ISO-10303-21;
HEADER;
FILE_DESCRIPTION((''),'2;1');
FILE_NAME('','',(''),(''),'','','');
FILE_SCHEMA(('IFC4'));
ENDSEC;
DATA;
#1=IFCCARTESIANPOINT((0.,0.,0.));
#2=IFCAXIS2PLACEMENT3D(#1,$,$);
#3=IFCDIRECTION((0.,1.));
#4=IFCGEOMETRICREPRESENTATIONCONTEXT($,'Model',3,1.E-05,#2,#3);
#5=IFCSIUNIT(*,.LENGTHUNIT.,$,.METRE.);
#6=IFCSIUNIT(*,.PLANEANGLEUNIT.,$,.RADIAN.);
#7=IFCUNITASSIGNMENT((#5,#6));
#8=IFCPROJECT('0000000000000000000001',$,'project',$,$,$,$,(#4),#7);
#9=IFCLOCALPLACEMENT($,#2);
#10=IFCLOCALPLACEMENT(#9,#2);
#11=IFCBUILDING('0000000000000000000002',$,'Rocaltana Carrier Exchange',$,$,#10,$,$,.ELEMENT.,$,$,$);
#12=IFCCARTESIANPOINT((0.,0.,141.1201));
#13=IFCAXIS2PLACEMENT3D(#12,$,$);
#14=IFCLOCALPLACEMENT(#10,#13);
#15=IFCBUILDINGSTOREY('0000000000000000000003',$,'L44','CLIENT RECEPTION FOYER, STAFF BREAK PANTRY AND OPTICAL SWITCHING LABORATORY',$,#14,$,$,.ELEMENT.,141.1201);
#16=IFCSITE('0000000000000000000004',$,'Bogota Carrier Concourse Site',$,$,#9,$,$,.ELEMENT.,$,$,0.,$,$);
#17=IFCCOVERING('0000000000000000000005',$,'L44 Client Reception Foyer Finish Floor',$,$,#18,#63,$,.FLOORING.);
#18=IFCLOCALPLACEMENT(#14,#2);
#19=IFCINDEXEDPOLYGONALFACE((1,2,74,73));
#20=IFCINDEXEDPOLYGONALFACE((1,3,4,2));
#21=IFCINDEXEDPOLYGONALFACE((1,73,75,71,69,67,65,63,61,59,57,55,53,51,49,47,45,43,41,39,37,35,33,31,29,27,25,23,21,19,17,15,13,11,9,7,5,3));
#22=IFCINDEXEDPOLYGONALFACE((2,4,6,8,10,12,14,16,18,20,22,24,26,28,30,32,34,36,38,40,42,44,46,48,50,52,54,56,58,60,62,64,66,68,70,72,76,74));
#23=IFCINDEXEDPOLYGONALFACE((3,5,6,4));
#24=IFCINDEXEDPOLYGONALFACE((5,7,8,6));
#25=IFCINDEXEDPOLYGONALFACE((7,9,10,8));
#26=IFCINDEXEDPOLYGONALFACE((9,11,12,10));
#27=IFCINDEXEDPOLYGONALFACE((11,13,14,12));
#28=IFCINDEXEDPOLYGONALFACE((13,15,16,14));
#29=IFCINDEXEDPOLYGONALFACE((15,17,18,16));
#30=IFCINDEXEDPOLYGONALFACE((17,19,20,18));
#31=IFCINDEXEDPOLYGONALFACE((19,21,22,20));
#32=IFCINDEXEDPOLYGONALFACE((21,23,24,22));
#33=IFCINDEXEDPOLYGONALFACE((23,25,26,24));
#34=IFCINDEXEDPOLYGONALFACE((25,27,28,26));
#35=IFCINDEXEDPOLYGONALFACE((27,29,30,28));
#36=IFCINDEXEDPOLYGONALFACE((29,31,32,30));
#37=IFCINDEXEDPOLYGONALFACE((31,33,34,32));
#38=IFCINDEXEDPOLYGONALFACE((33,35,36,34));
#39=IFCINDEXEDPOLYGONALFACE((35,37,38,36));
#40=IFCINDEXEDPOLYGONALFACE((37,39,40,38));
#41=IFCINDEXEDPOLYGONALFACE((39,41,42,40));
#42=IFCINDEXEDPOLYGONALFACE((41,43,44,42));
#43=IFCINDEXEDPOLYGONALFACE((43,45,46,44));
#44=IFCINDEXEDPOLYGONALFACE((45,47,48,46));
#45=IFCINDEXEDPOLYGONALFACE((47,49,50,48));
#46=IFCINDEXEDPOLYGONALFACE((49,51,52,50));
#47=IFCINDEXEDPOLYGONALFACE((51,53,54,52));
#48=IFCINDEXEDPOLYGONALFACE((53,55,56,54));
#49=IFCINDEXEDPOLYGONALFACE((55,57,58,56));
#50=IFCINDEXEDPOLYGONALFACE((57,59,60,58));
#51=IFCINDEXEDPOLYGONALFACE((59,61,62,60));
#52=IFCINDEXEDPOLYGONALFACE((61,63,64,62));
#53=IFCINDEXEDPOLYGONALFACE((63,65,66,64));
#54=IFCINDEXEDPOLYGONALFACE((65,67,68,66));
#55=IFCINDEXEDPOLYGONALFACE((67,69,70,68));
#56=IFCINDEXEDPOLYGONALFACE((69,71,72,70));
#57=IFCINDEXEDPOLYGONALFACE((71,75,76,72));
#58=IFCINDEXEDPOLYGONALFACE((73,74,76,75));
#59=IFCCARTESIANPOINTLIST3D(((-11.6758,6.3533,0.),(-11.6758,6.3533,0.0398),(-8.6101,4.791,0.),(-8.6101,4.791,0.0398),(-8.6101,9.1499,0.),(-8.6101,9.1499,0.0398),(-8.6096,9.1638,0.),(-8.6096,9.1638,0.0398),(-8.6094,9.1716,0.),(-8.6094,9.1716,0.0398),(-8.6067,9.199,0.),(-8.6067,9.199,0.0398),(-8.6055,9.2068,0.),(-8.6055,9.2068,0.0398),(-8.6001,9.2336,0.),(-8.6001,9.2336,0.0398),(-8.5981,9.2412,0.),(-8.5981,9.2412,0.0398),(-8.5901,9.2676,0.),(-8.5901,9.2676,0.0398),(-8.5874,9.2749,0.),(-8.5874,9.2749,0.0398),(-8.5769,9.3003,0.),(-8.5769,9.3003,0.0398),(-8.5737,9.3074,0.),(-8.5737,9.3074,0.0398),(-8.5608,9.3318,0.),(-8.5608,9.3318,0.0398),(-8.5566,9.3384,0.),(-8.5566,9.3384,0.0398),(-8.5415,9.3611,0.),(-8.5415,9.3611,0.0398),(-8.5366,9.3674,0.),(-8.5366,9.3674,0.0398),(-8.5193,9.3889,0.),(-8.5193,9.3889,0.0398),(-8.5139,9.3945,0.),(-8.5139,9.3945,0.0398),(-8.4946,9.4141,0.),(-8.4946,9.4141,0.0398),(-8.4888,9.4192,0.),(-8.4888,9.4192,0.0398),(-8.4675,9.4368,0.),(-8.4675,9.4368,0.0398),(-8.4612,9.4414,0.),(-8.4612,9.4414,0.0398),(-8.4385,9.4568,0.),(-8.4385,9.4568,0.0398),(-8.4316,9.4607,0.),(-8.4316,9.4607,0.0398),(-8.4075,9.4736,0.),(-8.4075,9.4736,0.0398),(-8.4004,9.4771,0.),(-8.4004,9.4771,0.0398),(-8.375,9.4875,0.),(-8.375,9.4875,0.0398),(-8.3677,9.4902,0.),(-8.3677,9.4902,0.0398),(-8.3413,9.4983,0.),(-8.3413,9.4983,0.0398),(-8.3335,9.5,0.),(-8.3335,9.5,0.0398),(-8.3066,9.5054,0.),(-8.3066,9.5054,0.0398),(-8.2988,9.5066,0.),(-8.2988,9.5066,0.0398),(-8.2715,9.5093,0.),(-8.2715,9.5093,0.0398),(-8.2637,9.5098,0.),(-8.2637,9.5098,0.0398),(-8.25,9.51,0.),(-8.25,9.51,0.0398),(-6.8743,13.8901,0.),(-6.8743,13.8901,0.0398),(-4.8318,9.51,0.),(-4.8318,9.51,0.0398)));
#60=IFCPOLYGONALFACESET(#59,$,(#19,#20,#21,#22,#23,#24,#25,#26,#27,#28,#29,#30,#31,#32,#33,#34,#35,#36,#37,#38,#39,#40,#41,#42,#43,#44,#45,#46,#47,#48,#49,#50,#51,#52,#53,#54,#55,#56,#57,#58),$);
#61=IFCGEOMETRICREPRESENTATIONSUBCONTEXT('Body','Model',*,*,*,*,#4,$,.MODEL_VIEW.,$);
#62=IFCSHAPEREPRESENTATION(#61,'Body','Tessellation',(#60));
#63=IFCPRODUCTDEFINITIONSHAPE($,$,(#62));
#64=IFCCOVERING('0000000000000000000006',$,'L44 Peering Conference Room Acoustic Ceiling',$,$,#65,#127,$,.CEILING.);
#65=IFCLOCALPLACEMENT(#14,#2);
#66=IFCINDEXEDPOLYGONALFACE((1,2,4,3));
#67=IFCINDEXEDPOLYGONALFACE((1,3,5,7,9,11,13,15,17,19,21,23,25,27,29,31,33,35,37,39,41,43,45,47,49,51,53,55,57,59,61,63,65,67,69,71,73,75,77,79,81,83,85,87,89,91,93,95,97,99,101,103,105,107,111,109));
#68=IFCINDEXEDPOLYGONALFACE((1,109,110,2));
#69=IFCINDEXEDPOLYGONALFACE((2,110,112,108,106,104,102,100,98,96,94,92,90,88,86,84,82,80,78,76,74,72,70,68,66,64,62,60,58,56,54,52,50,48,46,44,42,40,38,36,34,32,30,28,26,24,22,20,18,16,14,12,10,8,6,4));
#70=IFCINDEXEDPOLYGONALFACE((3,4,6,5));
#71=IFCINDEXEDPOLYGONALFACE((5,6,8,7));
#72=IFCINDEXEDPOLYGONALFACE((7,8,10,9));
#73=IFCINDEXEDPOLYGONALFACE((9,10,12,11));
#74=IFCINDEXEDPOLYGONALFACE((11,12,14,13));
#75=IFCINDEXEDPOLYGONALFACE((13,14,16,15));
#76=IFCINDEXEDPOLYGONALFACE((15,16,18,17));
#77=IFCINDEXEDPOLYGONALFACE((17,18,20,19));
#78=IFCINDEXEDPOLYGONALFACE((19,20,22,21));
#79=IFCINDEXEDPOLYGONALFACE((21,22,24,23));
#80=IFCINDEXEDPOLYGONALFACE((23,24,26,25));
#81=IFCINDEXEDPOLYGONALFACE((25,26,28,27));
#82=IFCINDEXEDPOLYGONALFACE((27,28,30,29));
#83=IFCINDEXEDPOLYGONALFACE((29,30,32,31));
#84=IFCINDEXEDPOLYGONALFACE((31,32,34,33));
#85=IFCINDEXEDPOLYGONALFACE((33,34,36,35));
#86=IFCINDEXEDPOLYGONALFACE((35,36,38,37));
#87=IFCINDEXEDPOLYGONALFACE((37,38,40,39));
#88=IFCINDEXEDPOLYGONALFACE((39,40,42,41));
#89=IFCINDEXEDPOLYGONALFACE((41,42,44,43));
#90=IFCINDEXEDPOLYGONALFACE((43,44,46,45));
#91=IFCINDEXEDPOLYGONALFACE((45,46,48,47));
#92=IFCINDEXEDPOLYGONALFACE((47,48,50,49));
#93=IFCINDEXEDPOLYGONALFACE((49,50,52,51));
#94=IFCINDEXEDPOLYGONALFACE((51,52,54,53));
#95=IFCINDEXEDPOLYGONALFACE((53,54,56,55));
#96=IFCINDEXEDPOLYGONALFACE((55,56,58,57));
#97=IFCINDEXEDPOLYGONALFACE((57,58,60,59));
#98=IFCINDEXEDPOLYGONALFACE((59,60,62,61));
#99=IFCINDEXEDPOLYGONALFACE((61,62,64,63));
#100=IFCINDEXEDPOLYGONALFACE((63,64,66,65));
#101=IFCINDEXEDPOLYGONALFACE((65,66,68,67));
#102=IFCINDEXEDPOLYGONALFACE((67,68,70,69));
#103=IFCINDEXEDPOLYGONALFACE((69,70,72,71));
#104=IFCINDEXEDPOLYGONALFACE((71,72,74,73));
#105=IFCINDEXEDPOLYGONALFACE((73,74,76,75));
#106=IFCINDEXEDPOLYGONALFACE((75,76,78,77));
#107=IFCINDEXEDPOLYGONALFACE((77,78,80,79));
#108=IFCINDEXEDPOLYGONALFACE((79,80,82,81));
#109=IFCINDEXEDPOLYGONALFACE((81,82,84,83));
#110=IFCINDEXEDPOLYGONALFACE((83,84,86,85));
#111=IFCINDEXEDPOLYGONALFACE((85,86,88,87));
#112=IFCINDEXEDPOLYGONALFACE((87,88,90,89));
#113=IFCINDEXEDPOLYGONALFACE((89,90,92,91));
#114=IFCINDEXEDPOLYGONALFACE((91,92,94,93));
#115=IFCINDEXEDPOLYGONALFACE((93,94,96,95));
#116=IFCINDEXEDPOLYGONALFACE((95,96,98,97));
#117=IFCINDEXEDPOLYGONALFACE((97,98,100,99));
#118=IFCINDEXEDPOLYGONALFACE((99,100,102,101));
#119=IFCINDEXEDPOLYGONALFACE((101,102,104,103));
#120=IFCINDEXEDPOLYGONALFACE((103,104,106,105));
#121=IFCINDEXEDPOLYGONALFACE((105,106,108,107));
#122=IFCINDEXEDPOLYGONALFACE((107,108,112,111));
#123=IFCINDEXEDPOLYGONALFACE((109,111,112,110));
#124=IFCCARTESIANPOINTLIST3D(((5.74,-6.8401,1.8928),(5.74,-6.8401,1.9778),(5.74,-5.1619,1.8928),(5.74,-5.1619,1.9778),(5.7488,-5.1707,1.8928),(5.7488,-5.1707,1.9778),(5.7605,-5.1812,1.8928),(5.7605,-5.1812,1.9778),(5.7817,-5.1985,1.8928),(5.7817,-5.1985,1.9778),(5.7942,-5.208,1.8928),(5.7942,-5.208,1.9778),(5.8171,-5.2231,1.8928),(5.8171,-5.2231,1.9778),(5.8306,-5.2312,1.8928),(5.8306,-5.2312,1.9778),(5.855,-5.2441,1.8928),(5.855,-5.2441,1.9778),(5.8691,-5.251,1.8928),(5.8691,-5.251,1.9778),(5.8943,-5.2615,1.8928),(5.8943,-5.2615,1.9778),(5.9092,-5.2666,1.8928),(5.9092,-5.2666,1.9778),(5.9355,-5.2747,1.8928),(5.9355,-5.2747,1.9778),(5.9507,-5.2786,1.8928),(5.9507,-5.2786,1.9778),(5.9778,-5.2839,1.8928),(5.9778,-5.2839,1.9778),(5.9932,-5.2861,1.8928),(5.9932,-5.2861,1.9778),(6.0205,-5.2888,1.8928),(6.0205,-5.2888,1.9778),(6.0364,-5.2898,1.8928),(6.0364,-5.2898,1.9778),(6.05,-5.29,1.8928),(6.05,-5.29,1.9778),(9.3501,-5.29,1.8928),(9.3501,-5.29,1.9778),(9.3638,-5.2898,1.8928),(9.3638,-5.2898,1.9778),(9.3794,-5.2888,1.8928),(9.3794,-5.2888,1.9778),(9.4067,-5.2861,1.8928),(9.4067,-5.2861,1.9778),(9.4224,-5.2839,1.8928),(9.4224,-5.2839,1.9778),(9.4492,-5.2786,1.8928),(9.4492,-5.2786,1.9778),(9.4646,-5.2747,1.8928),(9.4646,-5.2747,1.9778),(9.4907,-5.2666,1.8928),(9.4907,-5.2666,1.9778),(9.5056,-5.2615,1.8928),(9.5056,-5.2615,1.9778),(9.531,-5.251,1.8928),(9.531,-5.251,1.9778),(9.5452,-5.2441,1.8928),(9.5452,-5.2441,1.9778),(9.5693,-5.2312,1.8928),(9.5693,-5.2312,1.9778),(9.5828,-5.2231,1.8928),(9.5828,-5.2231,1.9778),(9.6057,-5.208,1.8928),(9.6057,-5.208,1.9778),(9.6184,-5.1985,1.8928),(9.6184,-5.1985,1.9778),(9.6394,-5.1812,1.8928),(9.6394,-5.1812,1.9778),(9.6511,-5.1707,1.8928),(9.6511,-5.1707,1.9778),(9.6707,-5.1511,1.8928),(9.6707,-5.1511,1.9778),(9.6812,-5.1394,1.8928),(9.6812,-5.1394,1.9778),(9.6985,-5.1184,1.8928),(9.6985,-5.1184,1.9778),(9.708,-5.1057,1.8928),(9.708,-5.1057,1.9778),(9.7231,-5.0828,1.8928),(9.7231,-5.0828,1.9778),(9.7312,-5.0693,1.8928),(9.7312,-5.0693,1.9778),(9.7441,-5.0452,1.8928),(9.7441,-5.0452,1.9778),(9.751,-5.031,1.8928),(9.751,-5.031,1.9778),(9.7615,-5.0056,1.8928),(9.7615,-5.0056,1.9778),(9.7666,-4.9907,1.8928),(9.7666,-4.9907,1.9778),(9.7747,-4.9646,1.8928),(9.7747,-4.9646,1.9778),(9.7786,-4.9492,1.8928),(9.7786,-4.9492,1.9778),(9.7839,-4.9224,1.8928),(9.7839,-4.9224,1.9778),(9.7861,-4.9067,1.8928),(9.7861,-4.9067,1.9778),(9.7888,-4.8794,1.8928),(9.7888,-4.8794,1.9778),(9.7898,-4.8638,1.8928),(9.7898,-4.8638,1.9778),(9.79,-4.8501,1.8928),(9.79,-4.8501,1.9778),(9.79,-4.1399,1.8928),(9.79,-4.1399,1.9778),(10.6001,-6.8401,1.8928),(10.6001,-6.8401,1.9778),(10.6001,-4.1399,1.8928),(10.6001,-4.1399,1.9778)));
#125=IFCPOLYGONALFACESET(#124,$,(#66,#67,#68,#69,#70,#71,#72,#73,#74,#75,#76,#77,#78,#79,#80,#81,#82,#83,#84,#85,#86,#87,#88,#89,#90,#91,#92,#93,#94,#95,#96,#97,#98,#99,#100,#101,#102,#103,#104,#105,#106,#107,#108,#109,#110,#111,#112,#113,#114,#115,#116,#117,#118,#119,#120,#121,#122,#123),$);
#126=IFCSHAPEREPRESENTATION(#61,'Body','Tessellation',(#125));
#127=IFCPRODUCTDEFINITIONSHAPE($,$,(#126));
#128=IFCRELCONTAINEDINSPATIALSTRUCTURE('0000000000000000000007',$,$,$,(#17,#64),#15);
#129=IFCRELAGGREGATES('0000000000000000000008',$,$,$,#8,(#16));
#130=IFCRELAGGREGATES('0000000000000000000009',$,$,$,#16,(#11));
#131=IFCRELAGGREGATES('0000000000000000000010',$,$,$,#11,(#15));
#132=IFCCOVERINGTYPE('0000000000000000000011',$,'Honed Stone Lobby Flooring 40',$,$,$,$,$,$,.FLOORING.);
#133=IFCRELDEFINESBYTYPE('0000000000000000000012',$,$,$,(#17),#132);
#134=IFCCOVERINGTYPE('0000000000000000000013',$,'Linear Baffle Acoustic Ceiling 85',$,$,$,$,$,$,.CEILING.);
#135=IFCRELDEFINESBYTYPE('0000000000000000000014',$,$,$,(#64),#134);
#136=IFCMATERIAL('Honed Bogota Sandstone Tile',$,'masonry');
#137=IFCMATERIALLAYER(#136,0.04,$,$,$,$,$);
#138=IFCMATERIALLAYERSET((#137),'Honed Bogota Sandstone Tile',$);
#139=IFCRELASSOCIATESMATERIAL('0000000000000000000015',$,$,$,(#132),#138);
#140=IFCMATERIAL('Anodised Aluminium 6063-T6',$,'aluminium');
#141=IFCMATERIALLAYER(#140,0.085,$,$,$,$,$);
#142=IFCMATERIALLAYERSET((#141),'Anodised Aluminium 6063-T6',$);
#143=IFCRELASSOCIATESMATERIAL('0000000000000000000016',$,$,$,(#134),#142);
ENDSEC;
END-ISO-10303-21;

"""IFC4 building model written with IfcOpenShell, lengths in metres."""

from ifc_helpers import new_model, si_unit, direction, frame, origin, place, context, subcontext, project, spatial, polyline, outline, extrude, material, layer, layer_set, type_object, element, save


model = new_model("IFC4")

# Units and contexts
model_context = context("Model", 3, precision=1e-05, world=origin(), true_north=direction((0.0, 1.0)))
body_context = subcontext(model_context, "Body", "Model", "MODEL_VIEW")
ifc_project = project(units=[si_unit("LENGTHUNIT", "METRE"), si_unit("PLANEANGLEUNIT", "RADIAN")], contexts=[model_context])

# Site, building, storey
site_placement = place(None, origin())
site = spatial("IfcSite", under=ifc_project, at=site_placement, Name="Bogota Carrier Concourse Site", CompositionType="ELEMENT", RefElevation=0.0)
building_placement = place(site_placement, origin())
building = spatial("IfcBuilding", under=site, at=building_placement, Name="Rocaltana Carrier Exchange", CompositionType="ELEMENT")
storey_placement = place(building_placement, frame((0.0, 0.0, 141.1201)))
storey = spatial("IfcBuildingStorey", under=building, at=storey_placement, Name="L44", Description="CLIENT RECEPTION FOYER, STAFF BREAK PANTRY AND OPTICAL SWITCHING LABORATORY", CompositionType="ELEMENT", Elevation=141.1201)

# Coverings
ifc_material_1 = material(Name="Honed Bogota Sandstone Tile", Category="masonry")
ifc_layer_1 = layer(ifc_material_1, 0.04)
ifc_layer_set_1 = layer_set([ifc_layer_1], Name="Honed Bogota Sandstone Tile")
covering_type_1 = type_object("IfcCoveringType", Name="Honed Stone Lobby Flooring 40", PredefinedType="FLOORING", material=ifc_layer_set_1)
covering_1_placement = place(storey_placement, origin())
element("IfcCovering", 1, at=covering_1_placement, inside=storey, type_object=covering_type_1, Name="L44 Client Reception Foyer Finish Floor", PredefinedType="FLOORING", context=body_context, shape_type="SweptSolid", body=[
    extrude(outline(polyline([(-6.8743, 13.8901), (-4.8318, 9.51), (-8.25, 9.51), (-8.2637, 9.5098), (-8.2715, 9.5093), (-8.2988, 9.5066), (-8.3066, 9.5054), (-8.3335, 9.5), (-8.3413, 9.4983), (-8.3677, 9.4902), (-8.375, 9.4875), (-8.4004, 9.4771), (-8.4075, 9.4736), (-8.4316, 9.4607), (-8.4385, 9.4568), (-8.4612, 9.4414), (-8.4675, 9.4368), (-8.4888, 9.4192), (-8.4946, 9.4141), (-8.5139, 9.3945), (-8.5193, 9.3889), (-8.5366, 9.3674), (-8.5415, 9.3611), (-8.5566, 9.3384), (-8.5608, 9.3318), (-8.5737, 9.3074), (-8.5769, 9.3003), (-8.5874, 9.2749), (-8.5901, 9.2676), (-8.5981, 9.2412), (-8.6001, 9.2336), (-8.6055, 9.2068), (-8.6067, 9.199), (-8.6094, 9.1716), (-8.6096, 9.1638), (-8.6101, 9.1499), (-8.6101, 4.791), (-11.6758, 6.3533), (-6.8743, 13.8901)])), origin(), (0.0, 0.0, 1.0), 0.0398),
])
ifc_material_2 = material(Name="Anodised Aluminium 6063-T6", Category="aluminium")
ifc_layer_2 = layer(ifc_material_2, 0.085)
ifc_layer_set_2 = layer_set([ifc_layer_2], Name="Anodised Aluminium 6063-T6")
covering_type_2 = type_object("IfcCoveringType", Name="Linear Baffle Acoustic Ceiling 85", PredefinedType="CEILING", material=ifc_layer_set_2)
covering_2_placement = place(storey_placement, frame((0.0, 0.0, 1.8928)))
element("IfcCovering", 2, at=covering_2_placement, inside=storey, type_object=covering_type_2, Name="L44 Peering Conference Room Acoustic Ceiling", PredefinedType="CEILING", context=body_context, shape_type="SweptSolid", body=[
    extrude(outline(polyline([(5.74, -6.8401), (5.74, -5.1619), (5.7488, -5.1707), (5.7605, -5.1812), (5.7817, -5.1985), (5.7942, -5.208), (5.8171, -5.2231), (5.8306, -5.2312), (5.855, -5.2441), (5.8691, -5.251), (5.8943, -5.2615), (5.9092, -5.2666), (5.9355, -5.2747), (5.9507, -5.2786), (5.9778, -5.2839), (5.9932, -5.2861), (6.0205, -5.2888), (6.0364, -5.2898), (6.05, -5.29), (9.3501, -5.29), (9.3638, -5.2898), (9.3794, -5.2888), (9.4067, -5.2861), (9.4224, -5.2839), (9.4492, -5.2786), (9.4646, -5.2747), (9.4907, -5.2666), (9.5056, -5.2615), (9.531, -5.251), (9.5452, -5.2441), (9.5693, -5.2312), (9.5828, -5.2231), (9.6057, -5.208), (9.6184, -5.1985), (9.6394, -5.1812), (9.6511, -5.1707), (9.6707, -5.1511), (9.6812, -5.1394), (9.6985, -5.1184), (9.708, -5.1057), (9.7231, -5.0828), (9.7312, -5.0693), (9.7441, -5.0452), (9.751, -5.031), (9.7615, -5.0056), (9.7666, -4.9907), (9.7747, -4.9646), (9.7786, -4.9492), (9.7839, -4.9224), (9.7861, -4.9067), (9.7888, -4.8794), (9.7898, -4.8638), (9.79, -4.8501), (9.79, -4.1399), (10.6001, -4.1399), (10.6001, -6.8401), (5.74, -6.8401)])), origin(), (0.0, 0.0, 1.0), 0.085),
])

save(model, "model.ifc")
